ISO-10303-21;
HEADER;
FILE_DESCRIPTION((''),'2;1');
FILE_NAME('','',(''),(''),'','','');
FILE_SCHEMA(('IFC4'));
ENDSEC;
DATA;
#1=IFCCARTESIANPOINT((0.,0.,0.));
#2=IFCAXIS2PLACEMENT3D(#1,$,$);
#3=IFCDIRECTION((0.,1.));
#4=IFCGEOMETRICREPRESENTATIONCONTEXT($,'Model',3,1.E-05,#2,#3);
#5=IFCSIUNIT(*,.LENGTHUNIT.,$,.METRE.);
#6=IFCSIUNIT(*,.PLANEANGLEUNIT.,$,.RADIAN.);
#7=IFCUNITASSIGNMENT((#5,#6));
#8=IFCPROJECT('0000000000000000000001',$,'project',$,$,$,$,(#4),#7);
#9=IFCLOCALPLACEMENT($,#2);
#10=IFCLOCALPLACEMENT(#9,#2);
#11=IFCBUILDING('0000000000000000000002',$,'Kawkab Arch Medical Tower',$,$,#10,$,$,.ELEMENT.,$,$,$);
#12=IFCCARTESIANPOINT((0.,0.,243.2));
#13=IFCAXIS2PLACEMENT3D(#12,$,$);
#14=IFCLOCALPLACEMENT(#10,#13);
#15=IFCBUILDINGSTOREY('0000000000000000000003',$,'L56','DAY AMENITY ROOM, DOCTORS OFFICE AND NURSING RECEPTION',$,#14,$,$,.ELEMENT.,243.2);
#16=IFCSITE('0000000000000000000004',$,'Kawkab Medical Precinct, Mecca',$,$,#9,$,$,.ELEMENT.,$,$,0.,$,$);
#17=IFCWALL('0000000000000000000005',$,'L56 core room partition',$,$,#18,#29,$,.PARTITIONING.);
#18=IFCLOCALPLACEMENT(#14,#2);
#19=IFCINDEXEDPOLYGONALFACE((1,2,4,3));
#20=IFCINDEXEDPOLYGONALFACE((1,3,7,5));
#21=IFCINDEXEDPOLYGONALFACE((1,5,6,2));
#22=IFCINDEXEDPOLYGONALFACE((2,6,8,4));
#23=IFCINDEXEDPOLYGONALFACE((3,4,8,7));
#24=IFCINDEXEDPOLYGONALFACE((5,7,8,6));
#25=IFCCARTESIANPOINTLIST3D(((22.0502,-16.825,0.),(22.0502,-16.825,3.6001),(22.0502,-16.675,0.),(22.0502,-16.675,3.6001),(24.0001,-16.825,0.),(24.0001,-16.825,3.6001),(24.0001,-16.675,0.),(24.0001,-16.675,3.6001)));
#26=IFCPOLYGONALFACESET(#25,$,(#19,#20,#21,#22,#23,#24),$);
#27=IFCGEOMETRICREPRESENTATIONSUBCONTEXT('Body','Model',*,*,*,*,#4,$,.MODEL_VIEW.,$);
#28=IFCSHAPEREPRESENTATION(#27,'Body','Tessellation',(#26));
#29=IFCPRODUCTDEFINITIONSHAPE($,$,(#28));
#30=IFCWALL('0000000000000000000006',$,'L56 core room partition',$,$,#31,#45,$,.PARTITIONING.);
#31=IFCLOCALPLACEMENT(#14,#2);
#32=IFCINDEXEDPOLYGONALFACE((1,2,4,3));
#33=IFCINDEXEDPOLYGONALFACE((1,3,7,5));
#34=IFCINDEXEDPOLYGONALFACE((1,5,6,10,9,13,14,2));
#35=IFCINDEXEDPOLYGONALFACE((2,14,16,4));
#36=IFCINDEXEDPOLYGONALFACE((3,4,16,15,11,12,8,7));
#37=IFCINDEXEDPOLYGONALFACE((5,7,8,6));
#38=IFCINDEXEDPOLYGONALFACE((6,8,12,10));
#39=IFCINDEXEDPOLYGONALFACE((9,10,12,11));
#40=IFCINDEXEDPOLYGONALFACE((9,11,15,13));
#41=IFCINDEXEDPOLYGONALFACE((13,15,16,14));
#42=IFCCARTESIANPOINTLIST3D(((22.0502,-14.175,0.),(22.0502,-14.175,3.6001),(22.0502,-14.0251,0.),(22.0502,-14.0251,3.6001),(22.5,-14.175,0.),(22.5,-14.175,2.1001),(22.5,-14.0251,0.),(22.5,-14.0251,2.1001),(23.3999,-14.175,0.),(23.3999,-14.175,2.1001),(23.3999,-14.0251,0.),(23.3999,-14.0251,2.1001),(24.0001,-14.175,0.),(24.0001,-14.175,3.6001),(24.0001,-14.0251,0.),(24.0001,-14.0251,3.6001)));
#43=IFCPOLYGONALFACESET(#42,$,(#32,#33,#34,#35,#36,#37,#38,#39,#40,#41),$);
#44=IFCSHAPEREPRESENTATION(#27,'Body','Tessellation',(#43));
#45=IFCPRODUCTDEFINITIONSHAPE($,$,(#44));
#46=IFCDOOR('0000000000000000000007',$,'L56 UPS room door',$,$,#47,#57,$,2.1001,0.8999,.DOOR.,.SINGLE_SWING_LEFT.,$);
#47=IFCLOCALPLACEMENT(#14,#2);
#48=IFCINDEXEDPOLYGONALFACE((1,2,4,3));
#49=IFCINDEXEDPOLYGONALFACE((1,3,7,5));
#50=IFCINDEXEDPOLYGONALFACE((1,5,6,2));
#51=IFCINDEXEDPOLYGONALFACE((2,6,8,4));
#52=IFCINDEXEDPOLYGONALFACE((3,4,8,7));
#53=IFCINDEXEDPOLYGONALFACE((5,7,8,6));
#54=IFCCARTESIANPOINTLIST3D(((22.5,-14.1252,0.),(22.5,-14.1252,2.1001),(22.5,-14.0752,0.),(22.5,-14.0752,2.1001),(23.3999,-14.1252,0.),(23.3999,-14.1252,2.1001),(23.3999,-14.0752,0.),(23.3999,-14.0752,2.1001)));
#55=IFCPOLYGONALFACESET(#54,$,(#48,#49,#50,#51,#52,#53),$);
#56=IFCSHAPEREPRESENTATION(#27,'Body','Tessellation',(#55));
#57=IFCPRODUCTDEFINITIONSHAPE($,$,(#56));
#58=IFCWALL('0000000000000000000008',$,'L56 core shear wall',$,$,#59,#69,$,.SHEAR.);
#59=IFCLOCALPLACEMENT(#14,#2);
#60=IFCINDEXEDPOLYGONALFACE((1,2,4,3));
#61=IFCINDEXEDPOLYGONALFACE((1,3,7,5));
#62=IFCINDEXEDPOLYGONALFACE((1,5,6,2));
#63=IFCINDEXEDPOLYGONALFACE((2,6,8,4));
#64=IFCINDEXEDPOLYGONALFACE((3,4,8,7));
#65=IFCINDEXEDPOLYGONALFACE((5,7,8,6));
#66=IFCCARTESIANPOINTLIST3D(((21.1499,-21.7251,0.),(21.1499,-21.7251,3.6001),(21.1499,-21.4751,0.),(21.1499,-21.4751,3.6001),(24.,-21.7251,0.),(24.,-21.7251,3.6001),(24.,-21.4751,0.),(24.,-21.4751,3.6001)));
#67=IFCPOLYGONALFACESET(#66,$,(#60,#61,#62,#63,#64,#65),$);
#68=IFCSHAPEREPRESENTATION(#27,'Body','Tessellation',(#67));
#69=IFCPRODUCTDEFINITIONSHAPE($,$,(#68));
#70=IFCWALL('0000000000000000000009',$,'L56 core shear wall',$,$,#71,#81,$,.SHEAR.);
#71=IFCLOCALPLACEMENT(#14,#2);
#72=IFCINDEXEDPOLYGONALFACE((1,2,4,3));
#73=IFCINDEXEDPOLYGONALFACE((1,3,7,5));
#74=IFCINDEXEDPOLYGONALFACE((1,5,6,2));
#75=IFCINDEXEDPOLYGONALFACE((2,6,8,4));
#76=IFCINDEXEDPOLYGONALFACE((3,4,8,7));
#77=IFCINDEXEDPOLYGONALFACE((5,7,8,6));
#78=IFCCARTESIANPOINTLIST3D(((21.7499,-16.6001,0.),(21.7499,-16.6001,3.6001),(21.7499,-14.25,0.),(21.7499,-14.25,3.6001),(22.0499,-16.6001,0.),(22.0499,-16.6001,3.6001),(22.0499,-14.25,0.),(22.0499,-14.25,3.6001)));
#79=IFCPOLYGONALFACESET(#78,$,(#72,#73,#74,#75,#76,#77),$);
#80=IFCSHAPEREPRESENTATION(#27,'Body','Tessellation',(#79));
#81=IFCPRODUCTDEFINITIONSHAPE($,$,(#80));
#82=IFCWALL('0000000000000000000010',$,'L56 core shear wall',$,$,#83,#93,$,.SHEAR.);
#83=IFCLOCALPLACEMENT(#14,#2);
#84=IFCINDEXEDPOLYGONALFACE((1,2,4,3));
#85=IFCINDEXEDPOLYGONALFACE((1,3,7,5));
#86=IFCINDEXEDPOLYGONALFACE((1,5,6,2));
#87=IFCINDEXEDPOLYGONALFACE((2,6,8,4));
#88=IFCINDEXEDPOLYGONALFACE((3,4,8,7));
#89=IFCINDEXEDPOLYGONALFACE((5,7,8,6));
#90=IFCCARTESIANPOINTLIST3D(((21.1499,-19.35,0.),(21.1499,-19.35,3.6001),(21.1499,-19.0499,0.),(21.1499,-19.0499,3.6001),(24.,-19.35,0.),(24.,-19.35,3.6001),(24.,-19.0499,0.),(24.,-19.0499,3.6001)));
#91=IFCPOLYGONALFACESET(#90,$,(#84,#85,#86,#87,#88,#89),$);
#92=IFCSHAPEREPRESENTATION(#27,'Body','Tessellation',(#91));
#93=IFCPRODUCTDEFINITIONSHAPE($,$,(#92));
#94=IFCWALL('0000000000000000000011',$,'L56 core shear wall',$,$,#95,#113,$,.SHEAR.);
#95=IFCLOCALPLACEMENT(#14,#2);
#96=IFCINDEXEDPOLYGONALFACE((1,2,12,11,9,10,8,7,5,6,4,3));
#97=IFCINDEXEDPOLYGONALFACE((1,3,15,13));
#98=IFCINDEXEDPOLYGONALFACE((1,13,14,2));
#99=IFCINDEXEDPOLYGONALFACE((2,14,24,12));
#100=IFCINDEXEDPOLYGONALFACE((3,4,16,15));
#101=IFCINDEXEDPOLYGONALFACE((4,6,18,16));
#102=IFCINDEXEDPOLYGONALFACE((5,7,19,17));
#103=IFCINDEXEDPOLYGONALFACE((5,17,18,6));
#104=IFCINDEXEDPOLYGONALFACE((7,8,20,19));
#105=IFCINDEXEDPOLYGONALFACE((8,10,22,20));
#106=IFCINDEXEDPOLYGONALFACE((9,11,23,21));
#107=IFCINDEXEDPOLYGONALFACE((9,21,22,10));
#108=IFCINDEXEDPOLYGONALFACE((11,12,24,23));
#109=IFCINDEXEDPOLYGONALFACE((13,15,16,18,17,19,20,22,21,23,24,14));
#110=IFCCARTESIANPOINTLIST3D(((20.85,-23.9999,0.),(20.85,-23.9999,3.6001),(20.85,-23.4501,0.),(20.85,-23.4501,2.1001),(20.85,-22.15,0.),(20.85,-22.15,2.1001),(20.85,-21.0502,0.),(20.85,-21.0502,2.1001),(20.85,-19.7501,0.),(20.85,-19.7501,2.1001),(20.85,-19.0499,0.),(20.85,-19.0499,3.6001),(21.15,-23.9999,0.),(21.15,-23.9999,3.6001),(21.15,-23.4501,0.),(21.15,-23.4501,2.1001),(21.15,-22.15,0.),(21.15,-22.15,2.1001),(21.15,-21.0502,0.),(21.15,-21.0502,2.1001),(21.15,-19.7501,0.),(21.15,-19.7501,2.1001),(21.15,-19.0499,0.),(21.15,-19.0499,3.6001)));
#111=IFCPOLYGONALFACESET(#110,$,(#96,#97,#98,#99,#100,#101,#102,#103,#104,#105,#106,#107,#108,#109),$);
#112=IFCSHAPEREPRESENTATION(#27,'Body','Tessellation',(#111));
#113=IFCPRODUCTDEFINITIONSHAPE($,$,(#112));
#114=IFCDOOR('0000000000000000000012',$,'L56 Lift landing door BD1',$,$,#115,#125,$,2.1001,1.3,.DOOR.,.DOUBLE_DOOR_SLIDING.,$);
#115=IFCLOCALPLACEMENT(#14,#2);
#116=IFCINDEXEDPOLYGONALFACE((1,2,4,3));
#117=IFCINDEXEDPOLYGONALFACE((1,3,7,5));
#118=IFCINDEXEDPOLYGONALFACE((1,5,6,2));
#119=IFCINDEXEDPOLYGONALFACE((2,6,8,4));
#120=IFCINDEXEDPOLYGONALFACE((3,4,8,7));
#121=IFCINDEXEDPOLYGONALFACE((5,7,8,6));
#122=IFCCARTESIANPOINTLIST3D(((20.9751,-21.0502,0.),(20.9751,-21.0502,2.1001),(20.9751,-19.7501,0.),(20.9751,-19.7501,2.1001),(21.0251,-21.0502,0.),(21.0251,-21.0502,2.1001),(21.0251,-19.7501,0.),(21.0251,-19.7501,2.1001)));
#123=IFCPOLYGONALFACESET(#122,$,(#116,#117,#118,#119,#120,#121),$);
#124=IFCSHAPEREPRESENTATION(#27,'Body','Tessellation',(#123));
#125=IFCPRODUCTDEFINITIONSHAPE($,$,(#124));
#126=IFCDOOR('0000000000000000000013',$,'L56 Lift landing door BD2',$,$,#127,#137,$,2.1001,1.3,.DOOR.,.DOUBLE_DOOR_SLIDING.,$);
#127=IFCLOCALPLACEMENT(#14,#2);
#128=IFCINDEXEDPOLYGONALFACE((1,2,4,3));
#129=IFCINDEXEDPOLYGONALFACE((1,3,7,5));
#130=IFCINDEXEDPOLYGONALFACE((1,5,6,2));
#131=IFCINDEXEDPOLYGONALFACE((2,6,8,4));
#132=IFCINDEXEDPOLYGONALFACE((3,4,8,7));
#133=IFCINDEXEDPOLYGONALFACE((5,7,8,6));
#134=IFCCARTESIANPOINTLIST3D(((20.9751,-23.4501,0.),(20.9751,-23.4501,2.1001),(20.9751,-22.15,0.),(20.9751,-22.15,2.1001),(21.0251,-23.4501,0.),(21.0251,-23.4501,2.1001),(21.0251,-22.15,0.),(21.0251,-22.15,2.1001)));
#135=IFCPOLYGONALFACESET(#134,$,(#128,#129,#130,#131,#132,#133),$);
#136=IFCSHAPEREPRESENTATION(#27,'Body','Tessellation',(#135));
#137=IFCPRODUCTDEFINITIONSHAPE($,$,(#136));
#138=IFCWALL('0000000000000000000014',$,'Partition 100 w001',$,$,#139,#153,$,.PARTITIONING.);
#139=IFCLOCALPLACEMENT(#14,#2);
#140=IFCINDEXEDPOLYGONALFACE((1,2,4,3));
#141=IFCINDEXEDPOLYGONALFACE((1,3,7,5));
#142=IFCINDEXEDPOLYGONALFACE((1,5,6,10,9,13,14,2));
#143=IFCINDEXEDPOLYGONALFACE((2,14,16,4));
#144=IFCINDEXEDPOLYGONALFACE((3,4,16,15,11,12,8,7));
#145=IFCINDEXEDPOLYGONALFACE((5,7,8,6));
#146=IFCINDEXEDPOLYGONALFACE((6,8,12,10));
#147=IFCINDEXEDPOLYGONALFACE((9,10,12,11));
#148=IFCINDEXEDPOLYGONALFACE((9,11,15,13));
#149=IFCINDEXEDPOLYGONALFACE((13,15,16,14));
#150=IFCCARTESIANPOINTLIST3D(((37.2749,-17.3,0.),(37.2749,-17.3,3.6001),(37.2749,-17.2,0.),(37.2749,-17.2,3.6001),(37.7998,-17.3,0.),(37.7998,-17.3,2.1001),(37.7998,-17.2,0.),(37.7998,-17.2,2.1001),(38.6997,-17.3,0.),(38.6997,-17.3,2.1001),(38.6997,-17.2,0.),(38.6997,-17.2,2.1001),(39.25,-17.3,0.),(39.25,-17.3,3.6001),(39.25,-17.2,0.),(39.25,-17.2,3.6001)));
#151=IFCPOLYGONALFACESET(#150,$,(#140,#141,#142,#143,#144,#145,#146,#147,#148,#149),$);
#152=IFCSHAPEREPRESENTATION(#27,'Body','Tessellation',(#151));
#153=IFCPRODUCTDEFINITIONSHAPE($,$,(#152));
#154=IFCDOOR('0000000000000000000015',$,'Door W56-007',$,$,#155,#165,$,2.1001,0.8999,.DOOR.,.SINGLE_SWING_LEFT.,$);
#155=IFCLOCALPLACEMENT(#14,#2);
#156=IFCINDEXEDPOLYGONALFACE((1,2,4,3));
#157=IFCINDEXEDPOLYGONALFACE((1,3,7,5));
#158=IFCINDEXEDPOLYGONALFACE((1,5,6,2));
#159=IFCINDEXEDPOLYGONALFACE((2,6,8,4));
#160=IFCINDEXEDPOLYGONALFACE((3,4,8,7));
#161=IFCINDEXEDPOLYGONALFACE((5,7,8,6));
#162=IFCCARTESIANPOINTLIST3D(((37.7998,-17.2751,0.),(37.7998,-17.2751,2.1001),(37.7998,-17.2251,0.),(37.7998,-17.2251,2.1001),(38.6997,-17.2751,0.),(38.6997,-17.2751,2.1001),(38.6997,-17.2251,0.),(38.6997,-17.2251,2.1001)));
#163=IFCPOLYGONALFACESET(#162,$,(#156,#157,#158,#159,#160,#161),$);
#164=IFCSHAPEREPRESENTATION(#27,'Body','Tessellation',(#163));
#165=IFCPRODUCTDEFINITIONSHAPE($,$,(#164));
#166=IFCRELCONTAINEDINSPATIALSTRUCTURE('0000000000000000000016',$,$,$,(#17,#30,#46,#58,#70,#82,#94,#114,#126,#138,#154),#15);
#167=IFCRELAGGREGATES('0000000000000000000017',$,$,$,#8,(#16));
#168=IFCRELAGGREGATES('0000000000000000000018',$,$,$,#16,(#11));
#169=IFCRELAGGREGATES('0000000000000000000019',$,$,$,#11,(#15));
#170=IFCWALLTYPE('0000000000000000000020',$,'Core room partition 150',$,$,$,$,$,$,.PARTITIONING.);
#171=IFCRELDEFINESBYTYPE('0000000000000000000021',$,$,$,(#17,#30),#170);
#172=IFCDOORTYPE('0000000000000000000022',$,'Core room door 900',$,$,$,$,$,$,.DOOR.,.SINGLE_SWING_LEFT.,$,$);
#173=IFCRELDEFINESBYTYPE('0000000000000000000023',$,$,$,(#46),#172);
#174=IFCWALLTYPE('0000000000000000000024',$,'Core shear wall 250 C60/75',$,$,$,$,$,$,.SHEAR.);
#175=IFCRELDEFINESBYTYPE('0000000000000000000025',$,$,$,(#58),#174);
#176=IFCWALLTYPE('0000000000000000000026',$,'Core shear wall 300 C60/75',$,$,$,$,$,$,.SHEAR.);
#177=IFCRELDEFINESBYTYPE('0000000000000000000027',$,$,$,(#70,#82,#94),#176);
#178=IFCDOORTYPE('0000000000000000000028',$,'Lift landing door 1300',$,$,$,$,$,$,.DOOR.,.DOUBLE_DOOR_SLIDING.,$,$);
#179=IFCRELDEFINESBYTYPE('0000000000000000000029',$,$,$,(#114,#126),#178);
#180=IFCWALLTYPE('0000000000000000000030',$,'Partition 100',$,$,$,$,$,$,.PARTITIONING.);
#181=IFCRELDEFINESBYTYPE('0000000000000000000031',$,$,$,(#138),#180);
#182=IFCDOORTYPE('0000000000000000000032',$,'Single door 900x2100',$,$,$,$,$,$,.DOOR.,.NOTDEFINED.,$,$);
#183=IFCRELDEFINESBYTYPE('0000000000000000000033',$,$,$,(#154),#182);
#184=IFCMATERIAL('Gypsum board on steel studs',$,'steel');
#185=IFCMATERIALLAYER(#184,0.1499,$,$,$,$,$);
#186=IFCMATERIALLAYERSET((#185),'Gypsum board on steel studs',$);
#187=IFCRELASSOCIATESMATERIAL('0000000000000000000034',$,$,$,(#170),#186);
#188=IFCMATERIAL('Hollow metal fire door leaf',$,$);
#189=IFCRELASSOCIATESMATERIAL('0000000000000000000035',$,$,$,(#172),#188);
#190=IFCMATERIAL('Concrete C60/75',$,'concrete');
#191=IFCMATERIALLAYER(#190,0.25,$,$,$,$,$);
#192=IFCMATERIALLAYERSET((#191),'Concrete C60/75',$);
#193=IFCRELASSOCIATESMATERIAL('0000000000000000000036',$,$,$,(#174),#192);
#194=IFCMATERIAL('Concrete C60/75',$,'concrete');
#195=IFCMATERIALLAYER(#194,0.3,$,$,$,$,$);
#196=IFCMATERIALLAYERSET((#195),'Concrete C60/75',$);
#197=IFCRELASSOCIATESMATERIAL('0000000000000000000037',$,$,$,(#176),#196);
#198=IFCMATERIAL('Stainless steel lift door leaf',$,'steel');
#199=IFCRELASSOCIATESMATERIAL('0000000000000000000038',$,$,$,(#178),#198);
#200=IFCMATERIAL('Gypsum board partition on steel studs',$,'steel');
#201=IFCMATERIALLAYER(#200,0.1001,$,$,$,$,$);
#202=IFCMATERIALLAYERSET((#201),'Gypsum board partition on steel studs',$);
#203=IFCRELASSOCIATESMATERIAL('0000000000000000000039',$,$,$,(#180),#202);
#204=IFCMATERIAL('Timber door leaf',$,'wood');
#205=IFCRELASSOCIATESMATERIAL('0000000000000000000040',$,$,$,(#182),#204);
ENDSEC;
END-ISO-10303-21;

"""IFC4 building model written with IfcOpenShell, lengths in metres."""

from ifc_helpers import new_model, si_unit, direction, frame, frame_2d, origin, place, context, subcontext, project, spatial, rectangle, extrude, material, layer, layer_set, type_object, element, fill, save


model = new_model("IFC4")

# Units and contexts
model_context = context("Model", 3, precision=1e-05, world=origin(), true_north=direction((0.0, 1.0)))
body_context = subcontext(model_context, "Body", "Model", "MODEL_VIEW")
ifc_project = project(units=[si_unit("LENGTHUNIT", "METRE"), si_unit("PLANEANGLEUNIT", "RADIAN")], contexts=[model_context])

# Site, building, storey
site_placement = place(None, origin())
site = spatial("IfcSite", under=ifc_project, at=site_placement, Name="Kawkab Medical Precinct, Mecca", CompositionType="ELEMENT", RefElevation=0.0)
building_placement = place(site_placement, origin())
building = spatial("IfcBuilding", under=site, at=building_placement, Name="Kawkab Arch Medical Tower", CompositionType="ELEMENT")
storey_placement = place(building_placement, frame((0.0, 0.0, 243.2)))
storey = spatial("IfcBuildingStorey", under=building, at=storey_placement, Name="L56", Description="DAY AMENITY ROOM, DOCTORS OFFICE AND NURSING RECEPTION", CompositionType="ELEMENT", Elevation=243.2)

# Shared definitions
ifc_material_1 = material(Name="Gypsum board on steel studs", Category="steel")
ifc_layer_1 = layer(ifc_material_1, 0.1499)
ifc_layer_set_1 = layer_set([ifc_layer_1], Name="Gypsum board on steel studs")
wall_type_1 = type_object("IfcWallType", Name="Core room partition 150", PredefinedType="PARTITIONING", material=ifc_layer_set_1)
ifc_material_2 = material(Name="Hollow metal fire door leaf")
door_type_1 = type_object("IfcDoorType", Name="Core room door 900", OperationType="SINGLE_SWING_LEFT", PredefinedType="DOOR", material=ifc_material_2)

# Wall
wall_1_placement = place(storey_placement, frame((22.05, -16.75, 0.0), z_axis=(0.0, 0.0, 1.0), x_axis=(1.0, 0.0, 0.0)))
element("IfcWall", 1, at=wall_1_placement, inside=storey, type_object=wall_type_1, Name="L56 core room partition", PredefinedType="PARTITIONING", context=body_context, shape_type="SweptSolid", body=[
    extrude(rectangle(XDim=1.95, YDim=0.1499, at=frame_2d((0.9751, 0.0))), origin(), (0.0, 0.0, 1.0), 3.6001),
])

# Wall, opening, door
wall_2_placement = place(storey_placement, frame((22.05, -14.1001, 0.0), z_axis=(0.0, 0.0, 1.0), x_axis=(1.0, 0.0, 0.0)))
wall_2 = element("IfcWall", 2, at=wall_2_placement, inside=storey, type_object=wall_type_1, Name="L56 core room partition", PredefinedType="PARTITIONING", context=body_context, shape_type="SweptSolid", body=[
    extrude(rectangle(XDim=1.95, YDim=0.1499, at=frame_2d((0.9751, 0.0))), origin(), (0.0, 0.0, 1.0), 3.6001),
])
opening_1_placement = place(wall_2_placement, frame((0.45, 0.0, 0.0)))
opening_1 = element("IfcOpeningElement", 3, at=opening_1_placement, cuts=wall_2, PredefinedType="OPENING", context=body_context, shape_type="SweptSolid", body=[
    extrude(rectangle(XDim=0.8999, YDim=2.1001, at=frame_2d((0.45, 1.05))), frame((0.0, 0.085, 0.0), z_axis=(0.0, -1.0, 0.0), x_axis=(1.0, 0.0, 0.0)), (0.0, 0.0, 1.0), 0.1699),
])
door_1_placement = place(opening_1_placement, origin())
door_1 = element("IfcDoor", 4, at=door_1_placement, inside=storey, type_object=door_type_1, Name="L56 UPS room door", OperationType="SINGLE_SWING_LEFT", OverallHeight=2.1001, OverallWidth=0.8999, PredefinedType="DOOR", context=body_context, shape_type="SweptSolid", body=[
    extrude(rectangle(XDim=0.8999, YDim=2.1001, at=frame_2d((0.45, 1.05))), frame((0.0, 0.0249, 0.0), z_axis=(0.0, -1.0, 0.0), x_axis=(1.0, 0.0, 0.0)), (0.0, 0.0, 1.0), 0.05),
])
fill(opening_1, door_1)

# Walls
ifc_material_3 = material(Name="Concrete C60/75", Category="concrete")
ifc_layer_2 = layer(ifc_material_3, 0.25)
ifc_layer_set_2 = layer_set([ifc_layer_2], Name="Concrete C60/75")
wall_type_2 = type_object("IfcWallType", Name="Core shear wall 250 C60/75", PredefinedType="SHEAR", material=ifc_layer_set_2)
wall_3_placement = place(storey_placement, frame((21.1499, -21.6001, 0.0), z_axis=(0.0, 0.0, 1.0), x_axis=(1.0, 0.0, 0.0)))
element("IfcWall", 5, at=wall_3_placement, inside=storey, type_object=wall_type_2, Name="L56 core shear wall", PredefinedType="SHEAR", context=body_context, shape_type="SweptSolid", body=[
    extrude(rectangle(XDim=2.8501, YDim=0.25, at=frame_2d((1.425, 0.0))), origin(), (0.0, 0.0, 1.0), 3.6001),
])
ifc_material_4 = material(Name="Concrete C60/75", Category="concrete")
ifc_layer_3 = layer(ifc_material_4, 0.3)
ifc_layer_set_3 = layer_set([ifc_layer_3], Name="Concrete C60/75")
wall_type_3 = type_object("IfcWallType", Name="Core shear wall 300 C60/75", PredefinedType="SHEAR", material=ifc_layer_set_3)
wall_4_placement = place(storey_placement, frame((21.8999, -16.6001, 0.0), z_axis=(0.0, 0.0, 1.0), x_axis=(0.0, 1.0, 0.0)))
element("IfcWall", 6, at=wall_4_placement, inside=storey, type_object=wall_type_3, Name="L56 core shear wall", PredefinedType="SHEAR", context=body_context, shape_type="SweptSolid", body=[
    extrude(rectangle(XDim=2.3501, YDim=0.3, at=frame_2d((1.175, 0.0))), origin(), (0.0, 0.0, 1.0), 3.6001),
])
wall_5_placement = place(storey_placement, frame((21.1499, -19.2, 0.0), z_axis=(0.0, 0.0, 1.0), x_axis=(1.0, 0.0, 0.0)))
element("IfcWall", 7, at=wall_5_placement, inside=storey, type_object=wall_type_3, Name="L56 core shear wall", PredefinedType="SHEAR", context=body_context, shape_type="SweptSolid", body=[
    extrude(rectangle(XDim=2.8501, YDim=0.3, at=frame_2d((1.425, 0.0))), origin(), (0.0, 0.0, 1.0), 3.6001),
])

# Wall, openings, doors
wall_6_placement = place(storey_placement, frame((21.0, -24.0, 0.0), z_axis=(0.0, 0.0, 1.0), x_axis=(0.0, 1.0, 0.0)))
wall_6 = element("IfcWall", 8, at=wall_6_placement, inside=storey, type_object=wall_type_3, Name="L56 core shear wall", PredefinedType="SHEAR", context=body_context, shape_type="SweptSolid", body=[
    extrude(rectangle(XDim=4.95, YDim=0.3, at=frame_2d((2.4751, 0.0))), origin(), (0.0, 0.0, 1.0), 3.6001),
])
opening_2_placement = place(wall_6_placement, frame((2.95, 0.0, 0.0)))
opening_2 = element("IfcOpeningElement", 9, at=opening_2_placement, cuts=wall_6, PredefinedType="OPENING", context=body_context, shape_type="SweptSolid", body=[
    extrude(rectangle(XDim=1.3, YDim=2.1001, at=frame_2d((0.6499, 1.05))), frame((0.0, 0.1599, 0.0), z_axis=(0.0, -1.0, 0.0), x_axis=(1.0, 0.0, 0.0)), (0.0, 0.0, 1.0), 0.3201),
])
opening_3_placement = place(wall_6_placement, frame((0.55, 0.0, 0.0)))
opening_3 = element("IfcOpeningElement", 10, at=opening_3_placement, cuts=wall_6, PredefinedType="OPENING", context=body_context, shape_type="SweptSolid", body=[
    extrude(rectangle(XDim=1.3, YDim=2.1001, at=frame_2d((0.6499, 1.05))), frame((0.0, 0.1599, 0.0), z_axis=(0.0, -1.0, 0.0), x_axis=(1.0, 0.0, 0.0)), (0.0, 0.0, 1.0), 0.3201),
])
ifc_material_5 = material(Name="Stainless steel lift door leaf", Category="steel")
door_type_2 = type_object("IfcDoorType", Name="Lift landing door 1300", OperationType="DOUBLE_DOOR_SLIDING", PredefinedType="DOOR", material=ifc_material_5)
door_2_placement = place(opening_2_placement, origin())
door_2 = element("IfcDoor", 11, at=door_2_placement, inside=storey, type_object=door_type_2, Name="L56 Lift landing door BD1", OperationType="DOUBLE_DOOR_SLIDING", OverallHeight=2.1001, OverallWidth=1.3, PredefinedType="DOOR", context=body_context, shape_type="SweptSolid", body=[
    extrude(rectangle(XDim=1.3, YDim=2.1001, at=frame_2d((0.6499, 1.05))), frame((0.0, 0.0249, 0.0), z_axis=(0.0, -1.0, 0.0), x_axis=(1.0, 0.0, 0.0)), (0.0, 0.0, 1.0), 0.05),
])
fill(opening_2, door_2)
door_3_placement = place(opening_3_placement, origin())
door_3 = element("IfcDoor", 12, at=door_3_placement, inside=storey, type_object=door_type_2, Name="L56 Lift landing door BD2", OperationType="DOUBLE_DOOR_SLIDING", OverallHeight=2.1001, OverallWidth=1.3, PredefinedType="DOOR", context=body_context, shape_type="SweptSolid", body=[
    extrude(rectangle(XDim=1.3, YDim=2.1001, at=frame_2d((0.6499, 1.05))), frame((0.0, 0.0249, 0.0), z_axis=(0.0, -1.0, 0.0), x_axis=(1.0, 0.0, 0.0)), (0.0, 0.0, 1.0), 0.05),
])
fill(opening_3, door_3)

# Wall, opening, door
ifc_material_6 = material(Name="Gypsum board partition on steel studs", Category="steel")
ifc_layer_4 = layer(ifc_material_6, 0.1001)
ifc_layer_set_4 = layer_set([ifc_layer_4], Name="Gypsum board partition on steel studs")
wall_type_4 = type_object("IfcWallType", Name="Partition 100", PredefinedType="PARTITIONING", material=ifc_layer_set_4)
wall_7_placement = place(storey_placement, frame((37.2749, -17.25, 0.0), z_axis=(0.0, 0.0, 1.0), x_axis=(1.0, 0.0, 0.0)))
wall_7 = element("IfcWall", 13, at=wall_7_placement, inside=storey, type_object=wall_type_4, Name="Partition 100 w001", PredefinedType="PARTITIONING", context=body_context, shape_type="SweptSolid", body=[
    extrude(rectangle(XDim=1.9751, YDim=0.1001, at=frame_2d((0.9875, 0.0))), origin(), (0.0, 0.0, 1.0), 3.6001),
])
opening_4_placement = place(wall_7_placement, frame((0.5249, 0.0, 0.0)))
opening_4 = element("IfcOpeningElement", 14, at=opening_4_placement, cuts=wall_7, PredefinedType="OPENING", context=body_context, shape_type="SweptSolid", body=[
    extrude(rectangle(XDim=0.8999, YDim=2.1001, at=frame_2d((0.45, 1.05))), frame((0.0, 0.0601, 0.0), z_axis=(0.0, -1.0, 0.0), x_axis=(1.0, 0.0, 0.0)), (0.0, 0.0, 1.0), 0.1201),
])
ifc_material_7 = material(Name="Timber door leaf", Category="wood")
door_type_3 = type_object("IfcDoorType", Name="Single door 900x2100", OperationType="NOTDEFINED", PredefinedType="DOOR", material=ifc_material_7)
door_4_placement = place(opening_4_placement, origin())
door_4 = element("IfcDoor", 15, at=door_4_placement, inside=storey, type_object=door_type_3, Name="Door W56-007", OperationType="SINGLE_SWING_LEFT", OverallHeight=2.1001, OverallWidth=0.8999, PredefinedType="DOOR", context=body_context, shape_type="SweptSolid", body=[
    extrude(rectangle(XDim=0.8999, YDim=2.1001, at=frame_2d((0.45, 1.05))), frame((0.0, 0.0249, 0.0), z_axis=(0.0, -1.0, 0.0), x_axis=(1.0, 0.0, 0.0)), (0.0, 0.0, 1.0), 0.05),
])
fill(opening_4, door_4)

save(model, "model.ifc")
